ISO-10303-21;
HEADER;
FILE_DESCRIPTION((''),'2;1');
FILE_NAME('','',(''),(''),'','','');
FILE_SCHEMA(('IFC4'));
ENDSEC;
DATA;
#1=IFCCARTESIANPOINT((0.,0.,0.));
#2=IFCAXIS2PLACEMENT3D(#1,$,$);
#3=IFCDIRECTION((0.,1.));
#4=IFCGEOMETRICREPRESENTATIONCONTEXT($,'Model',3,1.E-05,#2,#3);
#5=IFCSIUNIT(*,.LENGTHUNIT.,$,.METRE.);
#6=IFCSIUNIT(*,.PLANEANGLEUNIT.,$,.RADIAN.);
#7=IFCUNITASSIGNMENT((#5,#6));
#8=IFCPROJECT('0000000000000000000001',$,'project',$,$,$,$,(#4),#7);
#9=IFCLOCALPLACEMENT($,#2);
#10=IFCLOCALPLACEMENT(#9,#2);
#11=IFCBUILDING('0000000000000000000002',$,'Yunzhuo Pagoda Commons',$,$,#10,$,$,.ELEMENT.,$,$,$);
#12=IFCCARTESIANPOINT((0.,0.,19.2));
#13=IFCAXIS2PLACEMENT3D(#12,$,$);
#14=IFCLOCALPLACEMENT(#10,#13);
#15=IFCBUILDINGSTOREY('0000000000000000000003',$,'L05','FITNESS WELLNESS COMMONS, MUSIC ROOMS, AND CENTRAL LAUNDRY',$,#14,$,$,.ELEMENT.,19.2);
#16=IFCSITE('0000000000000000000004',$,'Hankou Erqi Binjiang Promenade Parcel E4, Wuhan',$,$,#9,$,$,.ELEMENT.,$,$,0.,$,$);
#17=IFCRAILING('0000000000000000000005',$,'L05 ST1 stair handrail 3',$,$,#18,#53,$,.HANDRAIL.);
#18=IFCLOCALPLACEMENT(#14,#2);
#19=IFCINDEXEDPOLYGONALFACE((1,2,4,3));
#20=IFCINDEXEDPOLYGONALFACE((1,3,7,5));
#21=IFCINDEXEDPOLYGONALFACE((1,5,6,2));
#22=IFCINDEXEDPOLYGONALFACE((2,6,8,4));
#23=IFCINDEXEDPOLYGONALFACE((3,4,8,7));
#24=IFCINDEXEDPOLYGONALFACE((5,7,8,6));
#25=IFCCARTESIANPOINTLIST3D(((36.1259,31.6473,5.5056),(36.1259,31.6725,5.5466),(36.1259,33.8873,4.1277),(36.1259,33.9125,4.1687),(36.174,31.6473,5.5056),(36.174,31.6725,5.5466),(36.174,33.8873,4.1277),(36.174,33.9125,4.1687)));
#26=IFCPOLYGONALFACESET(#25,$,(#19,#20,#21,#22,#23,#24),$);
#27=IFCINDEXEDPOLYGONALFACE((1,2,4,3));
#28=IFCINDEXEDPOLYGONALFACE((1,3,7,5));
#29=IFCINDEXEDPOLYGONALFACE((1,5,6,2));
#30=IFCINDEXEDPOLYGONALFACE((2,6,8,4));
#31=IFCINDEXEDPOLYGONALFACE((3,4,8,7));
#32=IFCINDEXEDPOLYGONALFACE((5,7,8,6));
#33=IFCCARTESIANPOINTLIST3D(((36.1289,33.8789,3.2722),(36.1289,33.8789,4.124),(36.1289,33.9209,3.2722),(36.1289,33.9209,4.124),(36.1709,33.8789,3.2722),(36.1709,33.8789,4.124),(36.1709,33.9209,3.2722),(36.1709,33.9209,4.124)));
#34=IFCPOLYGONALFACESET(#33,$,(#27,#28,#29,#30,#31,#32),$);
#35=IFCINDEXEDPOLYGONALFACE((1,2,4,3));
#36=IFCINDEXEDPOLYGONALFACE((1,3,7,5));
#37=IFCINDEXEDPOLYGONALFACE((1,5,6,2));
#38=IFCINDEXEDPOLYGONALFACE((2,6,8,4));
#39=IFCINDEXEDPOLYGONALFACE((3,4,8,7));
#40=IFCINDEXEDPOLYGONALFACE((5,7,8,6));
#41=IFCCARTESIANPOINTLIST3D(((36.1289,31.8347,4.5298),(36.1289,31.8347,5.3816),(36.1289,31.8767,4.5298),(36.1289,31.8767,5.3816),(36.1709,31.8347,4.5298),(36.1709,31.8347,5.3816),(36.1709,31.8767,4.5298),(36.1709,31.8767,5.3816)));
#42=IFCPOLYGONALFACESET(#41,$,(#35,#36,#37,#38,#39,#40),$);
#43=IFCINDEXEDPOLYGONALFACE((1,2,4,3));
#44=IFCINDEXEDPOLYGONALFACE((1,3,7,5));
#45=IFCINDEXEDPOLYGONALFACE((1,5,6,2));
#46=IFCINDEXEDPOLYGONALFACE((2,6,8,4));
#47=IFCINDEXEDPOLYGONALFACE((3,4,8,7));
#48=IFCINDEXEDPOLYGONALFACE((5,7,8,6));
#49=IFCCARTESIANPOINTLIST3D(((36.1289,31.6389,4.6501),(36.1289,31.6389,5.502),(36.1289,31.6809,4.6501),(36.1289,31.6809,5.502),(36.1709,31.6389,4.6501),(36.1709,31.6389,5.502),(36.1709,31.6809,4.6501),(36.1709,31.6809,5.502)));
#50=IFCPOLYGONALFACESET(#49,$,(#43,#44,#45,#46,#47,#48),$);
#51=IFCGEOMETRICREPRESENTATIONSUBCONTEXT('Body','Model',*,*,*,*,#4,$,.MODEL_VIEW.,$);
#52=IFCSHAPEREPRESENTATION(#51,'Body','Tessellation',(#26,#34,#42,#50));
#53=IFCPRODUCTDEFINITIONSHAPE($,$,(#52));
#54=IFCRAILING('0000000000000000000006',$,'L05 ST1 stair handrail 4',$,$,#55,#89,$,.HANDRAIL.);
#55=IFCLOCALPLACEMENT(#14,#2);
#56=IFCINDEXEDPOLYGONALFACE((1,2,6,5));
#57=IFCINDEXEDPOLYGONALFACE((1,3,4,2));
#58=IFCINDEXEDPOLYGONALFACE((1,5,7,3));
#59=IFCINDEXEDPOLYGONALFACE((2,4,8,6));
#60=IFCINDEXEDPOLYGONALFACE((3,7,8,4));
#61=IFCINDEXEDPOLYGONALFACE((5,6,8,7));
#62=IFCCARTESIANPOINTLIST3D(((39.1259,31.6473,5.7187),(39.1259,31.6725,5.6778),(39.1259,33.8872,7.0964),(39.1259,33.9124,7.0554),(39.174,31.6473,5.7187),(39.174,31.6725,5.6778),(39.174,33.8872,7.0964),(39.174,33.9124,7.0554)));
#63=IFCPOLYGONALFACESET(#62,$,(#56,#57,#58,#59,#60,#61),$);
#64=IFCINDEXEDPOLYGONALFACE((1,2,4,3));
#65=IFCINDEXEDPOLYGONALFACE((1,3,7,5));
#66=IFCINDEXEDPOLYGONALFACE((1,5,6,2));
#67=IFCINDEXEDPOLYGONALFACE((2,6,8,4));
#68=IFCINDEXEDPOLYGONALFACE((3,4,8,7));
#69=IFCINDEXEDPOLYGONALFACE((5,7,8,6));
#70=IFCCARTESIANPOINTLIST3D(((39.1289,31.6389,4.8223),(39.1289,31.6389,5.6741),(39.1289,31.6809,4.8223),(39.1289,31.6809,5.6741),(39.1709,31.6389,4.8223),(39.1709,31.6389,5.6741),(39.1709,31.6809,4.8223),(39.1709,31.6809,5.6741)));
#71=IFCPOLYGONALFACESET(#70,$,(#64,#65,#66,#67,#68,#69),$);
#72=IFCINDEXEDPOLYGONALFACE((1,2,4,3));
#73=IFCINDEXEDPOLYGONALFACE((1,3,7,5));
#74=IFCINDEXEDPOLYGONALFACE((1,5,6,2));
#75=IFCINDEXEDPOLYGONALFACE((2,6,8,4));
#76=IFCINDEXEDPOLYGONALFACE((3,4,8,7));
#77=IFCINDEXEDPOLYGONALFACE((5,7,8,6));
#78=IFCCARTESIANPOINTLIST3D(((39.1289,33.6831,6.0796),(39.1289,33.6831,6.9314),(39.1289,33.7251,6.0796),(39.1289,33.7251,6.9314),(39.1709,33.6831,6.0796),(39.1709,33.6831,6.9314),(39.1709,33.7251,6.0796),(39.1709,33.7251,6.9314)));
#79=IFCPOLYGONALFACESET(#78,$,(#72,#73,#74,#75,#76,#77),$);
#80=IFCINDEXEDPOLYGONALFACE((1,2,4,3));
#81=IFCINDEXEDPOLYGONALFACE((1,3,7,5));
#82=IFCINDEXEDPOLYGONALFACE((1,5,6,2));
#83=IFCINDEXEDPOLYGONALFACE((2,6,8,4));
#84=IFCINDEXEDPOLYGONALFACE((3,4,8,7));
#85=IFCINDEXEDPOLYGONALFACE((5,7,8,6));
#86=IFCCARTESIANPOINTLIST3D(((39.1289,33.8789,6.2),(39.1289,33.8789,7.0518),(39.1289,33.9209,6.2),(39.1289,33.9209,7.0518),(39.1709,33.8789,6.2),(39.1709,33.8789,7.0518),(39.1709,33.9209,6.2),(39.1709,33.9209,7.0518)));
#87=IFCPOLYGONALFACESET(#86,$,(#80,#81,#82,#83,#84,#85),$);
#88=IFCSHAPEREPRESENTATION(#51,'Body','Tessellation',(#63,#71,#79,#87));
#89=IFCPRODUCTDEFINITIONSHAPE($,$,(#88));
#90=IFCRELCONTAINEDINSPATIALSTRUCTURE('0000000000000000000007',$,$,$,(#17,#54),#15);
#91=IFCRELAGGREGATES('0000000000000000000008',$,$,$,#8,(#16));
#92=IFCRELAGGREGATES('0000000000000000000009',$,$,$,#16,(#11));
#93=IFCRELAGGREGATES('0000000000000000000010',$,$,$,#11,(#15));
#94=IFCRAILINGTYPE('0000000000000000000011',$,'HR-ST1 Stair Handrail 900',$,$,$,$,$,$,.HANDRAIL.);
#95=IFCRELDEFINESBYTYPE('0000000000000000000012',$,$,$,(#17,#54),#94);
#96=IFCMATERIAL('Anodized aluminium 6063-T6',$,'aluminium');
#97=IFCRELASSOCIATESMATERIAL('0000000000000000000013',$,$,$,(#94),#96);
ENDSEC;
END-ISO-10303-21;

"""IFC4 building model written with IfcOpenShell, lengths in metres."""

from ifc_helpers import new_model, si_unit, direction, frame, origin, origin_2d, place, context, subcontext, project, spatial, rectangle, extrude, material, type_object, element, save


model = new_model("IFC4")

# Units and contexts
model_context = context("Model", 3, precision=1e-05, world=origin(), true_north=direction((0.0, 1.0)))
body_context = subcontext(model_context, "Body", "Model", "MODEL_VIEW")
ifc_project = project(units=[si_unit("LENGTHUNIT", "METRE"), si_unit("PLANEANGLEUNIT", "RADIAN")], contexts=[model_context])

# Site, building, storey
site_placement = place(None, origin())
site = spatial("IfcSite", under=ifc_project, at=site_placement, Name="Hankou Erqi Binjiang Promenade Parcel E4, Wuhan", CompositionType="ELEMENT", RefElevation=0.0)
building_placement = place(site_placement, origin())
building = spatial("IfcBuilding", under=site, at=building_placement, Name="Yunzhuo Pagoda Commons", CompositionType="ELEMENT")
storey_placement = place(building_placement, frame((0.0, 0.0, 19.2)))
storey = spatial("IfcBuildingStorey", under=building, at=storey_placement, Name="L05", Description="FITNESS WELLNESS COMMONS, MUSIC ROOMS, AND CENTRAL LAUNDRY", CompositionType="ELEMENT", Elevation=19.2)

# Railings
ifc_material_1 = material(Name="Anodized aluminium 6063-T6", Category="aluminium")
railing_type_1 = type_object("IfcRailingType", Name="HR-ST1 Stair Handrail 900", PredefinedType="HANDRAIL", material=ifc_material_1)
railing_1_placement = place(storey_placement, frame((36.1499, 33.8999, 3.2722)))
element("IfcRailing", 1, at=railing_1_placement, inside=storey, type_object=railing_type_1, Name="L05 ST1 stair handrail 3", PredefinedType="HANDRAIL", context=body_context, shape_type="SweptSolid", body=[
    extrude(rectangle(XDim=0.0481, YDim=0.0481, at=origin_2d()), frame((0.0, 0.0, 0.876), z_axis=(0.0, -0.851748, 0.523952), x_axis=(1.0, 0.0, 0.0)), (0.0, 0.0, 1.0), 2.6299),
    extrude(rectangle(XDim=0.042, YDim=0.042, at=origin_2d()), origin(), (0.0, 0.0, 1.0), 0.8518),
    extrude(rectangle(XDim=0.042, YDim=0.042, at=origin_2d()), frame((0.0, -2.0442, 1.2576)), (0.0, 0.0, 1.0), 0.8518),
    extrude(rectangle(XDim=0.042, YDim=0.042, at=origin_2d()), frame((0.0, -2.24, 1.3779)), (0.0, 0.0, 1.0), 0.8518),
])
railing_2_placement = place(storey_placement, frame((39.1499, 31.6599, 4.8223)))
element("IfcRailing", 2, at=railing_2_placement, inside=storey, type_object=railing_type_1, Name="L05 ST1 stair handrail 4", PredefinedType="HANDRAIL", context=body_context, shape_type="SweptSolid", body=[
    extrude(rectangle(XDim=0.0481, YDim=0.0481, at=origin_2d()), frame((0.0, 0.0, 0.876), z_axis=(0.0, 0.851789, 0.523885), x_axis=(-1.0, 0.0, 0.0)), (0.0, 0.0, 1.0), 2.6296),
    extrude(rectangle(XDim=0.042, YDim=0.042, at=origin_2d()), origin(), (0.0, 0.0, 1.0), 0.8518),
    extrude(rectangle(XDim=0.042, YDim=0.042, at=origin_2d()), frame((0.0, 2.0442, 1.2573)), (0.0, 0.0, 1.0), 0.8518),
    extrude(rectangle(XDim=0.042, YDim=0.042, at=origin_2d()), frame((0.0, 2.24, 1.3777)), (0.0, 0.0, 1.0), 0.8518),
])

save(model, "model.ifc")
